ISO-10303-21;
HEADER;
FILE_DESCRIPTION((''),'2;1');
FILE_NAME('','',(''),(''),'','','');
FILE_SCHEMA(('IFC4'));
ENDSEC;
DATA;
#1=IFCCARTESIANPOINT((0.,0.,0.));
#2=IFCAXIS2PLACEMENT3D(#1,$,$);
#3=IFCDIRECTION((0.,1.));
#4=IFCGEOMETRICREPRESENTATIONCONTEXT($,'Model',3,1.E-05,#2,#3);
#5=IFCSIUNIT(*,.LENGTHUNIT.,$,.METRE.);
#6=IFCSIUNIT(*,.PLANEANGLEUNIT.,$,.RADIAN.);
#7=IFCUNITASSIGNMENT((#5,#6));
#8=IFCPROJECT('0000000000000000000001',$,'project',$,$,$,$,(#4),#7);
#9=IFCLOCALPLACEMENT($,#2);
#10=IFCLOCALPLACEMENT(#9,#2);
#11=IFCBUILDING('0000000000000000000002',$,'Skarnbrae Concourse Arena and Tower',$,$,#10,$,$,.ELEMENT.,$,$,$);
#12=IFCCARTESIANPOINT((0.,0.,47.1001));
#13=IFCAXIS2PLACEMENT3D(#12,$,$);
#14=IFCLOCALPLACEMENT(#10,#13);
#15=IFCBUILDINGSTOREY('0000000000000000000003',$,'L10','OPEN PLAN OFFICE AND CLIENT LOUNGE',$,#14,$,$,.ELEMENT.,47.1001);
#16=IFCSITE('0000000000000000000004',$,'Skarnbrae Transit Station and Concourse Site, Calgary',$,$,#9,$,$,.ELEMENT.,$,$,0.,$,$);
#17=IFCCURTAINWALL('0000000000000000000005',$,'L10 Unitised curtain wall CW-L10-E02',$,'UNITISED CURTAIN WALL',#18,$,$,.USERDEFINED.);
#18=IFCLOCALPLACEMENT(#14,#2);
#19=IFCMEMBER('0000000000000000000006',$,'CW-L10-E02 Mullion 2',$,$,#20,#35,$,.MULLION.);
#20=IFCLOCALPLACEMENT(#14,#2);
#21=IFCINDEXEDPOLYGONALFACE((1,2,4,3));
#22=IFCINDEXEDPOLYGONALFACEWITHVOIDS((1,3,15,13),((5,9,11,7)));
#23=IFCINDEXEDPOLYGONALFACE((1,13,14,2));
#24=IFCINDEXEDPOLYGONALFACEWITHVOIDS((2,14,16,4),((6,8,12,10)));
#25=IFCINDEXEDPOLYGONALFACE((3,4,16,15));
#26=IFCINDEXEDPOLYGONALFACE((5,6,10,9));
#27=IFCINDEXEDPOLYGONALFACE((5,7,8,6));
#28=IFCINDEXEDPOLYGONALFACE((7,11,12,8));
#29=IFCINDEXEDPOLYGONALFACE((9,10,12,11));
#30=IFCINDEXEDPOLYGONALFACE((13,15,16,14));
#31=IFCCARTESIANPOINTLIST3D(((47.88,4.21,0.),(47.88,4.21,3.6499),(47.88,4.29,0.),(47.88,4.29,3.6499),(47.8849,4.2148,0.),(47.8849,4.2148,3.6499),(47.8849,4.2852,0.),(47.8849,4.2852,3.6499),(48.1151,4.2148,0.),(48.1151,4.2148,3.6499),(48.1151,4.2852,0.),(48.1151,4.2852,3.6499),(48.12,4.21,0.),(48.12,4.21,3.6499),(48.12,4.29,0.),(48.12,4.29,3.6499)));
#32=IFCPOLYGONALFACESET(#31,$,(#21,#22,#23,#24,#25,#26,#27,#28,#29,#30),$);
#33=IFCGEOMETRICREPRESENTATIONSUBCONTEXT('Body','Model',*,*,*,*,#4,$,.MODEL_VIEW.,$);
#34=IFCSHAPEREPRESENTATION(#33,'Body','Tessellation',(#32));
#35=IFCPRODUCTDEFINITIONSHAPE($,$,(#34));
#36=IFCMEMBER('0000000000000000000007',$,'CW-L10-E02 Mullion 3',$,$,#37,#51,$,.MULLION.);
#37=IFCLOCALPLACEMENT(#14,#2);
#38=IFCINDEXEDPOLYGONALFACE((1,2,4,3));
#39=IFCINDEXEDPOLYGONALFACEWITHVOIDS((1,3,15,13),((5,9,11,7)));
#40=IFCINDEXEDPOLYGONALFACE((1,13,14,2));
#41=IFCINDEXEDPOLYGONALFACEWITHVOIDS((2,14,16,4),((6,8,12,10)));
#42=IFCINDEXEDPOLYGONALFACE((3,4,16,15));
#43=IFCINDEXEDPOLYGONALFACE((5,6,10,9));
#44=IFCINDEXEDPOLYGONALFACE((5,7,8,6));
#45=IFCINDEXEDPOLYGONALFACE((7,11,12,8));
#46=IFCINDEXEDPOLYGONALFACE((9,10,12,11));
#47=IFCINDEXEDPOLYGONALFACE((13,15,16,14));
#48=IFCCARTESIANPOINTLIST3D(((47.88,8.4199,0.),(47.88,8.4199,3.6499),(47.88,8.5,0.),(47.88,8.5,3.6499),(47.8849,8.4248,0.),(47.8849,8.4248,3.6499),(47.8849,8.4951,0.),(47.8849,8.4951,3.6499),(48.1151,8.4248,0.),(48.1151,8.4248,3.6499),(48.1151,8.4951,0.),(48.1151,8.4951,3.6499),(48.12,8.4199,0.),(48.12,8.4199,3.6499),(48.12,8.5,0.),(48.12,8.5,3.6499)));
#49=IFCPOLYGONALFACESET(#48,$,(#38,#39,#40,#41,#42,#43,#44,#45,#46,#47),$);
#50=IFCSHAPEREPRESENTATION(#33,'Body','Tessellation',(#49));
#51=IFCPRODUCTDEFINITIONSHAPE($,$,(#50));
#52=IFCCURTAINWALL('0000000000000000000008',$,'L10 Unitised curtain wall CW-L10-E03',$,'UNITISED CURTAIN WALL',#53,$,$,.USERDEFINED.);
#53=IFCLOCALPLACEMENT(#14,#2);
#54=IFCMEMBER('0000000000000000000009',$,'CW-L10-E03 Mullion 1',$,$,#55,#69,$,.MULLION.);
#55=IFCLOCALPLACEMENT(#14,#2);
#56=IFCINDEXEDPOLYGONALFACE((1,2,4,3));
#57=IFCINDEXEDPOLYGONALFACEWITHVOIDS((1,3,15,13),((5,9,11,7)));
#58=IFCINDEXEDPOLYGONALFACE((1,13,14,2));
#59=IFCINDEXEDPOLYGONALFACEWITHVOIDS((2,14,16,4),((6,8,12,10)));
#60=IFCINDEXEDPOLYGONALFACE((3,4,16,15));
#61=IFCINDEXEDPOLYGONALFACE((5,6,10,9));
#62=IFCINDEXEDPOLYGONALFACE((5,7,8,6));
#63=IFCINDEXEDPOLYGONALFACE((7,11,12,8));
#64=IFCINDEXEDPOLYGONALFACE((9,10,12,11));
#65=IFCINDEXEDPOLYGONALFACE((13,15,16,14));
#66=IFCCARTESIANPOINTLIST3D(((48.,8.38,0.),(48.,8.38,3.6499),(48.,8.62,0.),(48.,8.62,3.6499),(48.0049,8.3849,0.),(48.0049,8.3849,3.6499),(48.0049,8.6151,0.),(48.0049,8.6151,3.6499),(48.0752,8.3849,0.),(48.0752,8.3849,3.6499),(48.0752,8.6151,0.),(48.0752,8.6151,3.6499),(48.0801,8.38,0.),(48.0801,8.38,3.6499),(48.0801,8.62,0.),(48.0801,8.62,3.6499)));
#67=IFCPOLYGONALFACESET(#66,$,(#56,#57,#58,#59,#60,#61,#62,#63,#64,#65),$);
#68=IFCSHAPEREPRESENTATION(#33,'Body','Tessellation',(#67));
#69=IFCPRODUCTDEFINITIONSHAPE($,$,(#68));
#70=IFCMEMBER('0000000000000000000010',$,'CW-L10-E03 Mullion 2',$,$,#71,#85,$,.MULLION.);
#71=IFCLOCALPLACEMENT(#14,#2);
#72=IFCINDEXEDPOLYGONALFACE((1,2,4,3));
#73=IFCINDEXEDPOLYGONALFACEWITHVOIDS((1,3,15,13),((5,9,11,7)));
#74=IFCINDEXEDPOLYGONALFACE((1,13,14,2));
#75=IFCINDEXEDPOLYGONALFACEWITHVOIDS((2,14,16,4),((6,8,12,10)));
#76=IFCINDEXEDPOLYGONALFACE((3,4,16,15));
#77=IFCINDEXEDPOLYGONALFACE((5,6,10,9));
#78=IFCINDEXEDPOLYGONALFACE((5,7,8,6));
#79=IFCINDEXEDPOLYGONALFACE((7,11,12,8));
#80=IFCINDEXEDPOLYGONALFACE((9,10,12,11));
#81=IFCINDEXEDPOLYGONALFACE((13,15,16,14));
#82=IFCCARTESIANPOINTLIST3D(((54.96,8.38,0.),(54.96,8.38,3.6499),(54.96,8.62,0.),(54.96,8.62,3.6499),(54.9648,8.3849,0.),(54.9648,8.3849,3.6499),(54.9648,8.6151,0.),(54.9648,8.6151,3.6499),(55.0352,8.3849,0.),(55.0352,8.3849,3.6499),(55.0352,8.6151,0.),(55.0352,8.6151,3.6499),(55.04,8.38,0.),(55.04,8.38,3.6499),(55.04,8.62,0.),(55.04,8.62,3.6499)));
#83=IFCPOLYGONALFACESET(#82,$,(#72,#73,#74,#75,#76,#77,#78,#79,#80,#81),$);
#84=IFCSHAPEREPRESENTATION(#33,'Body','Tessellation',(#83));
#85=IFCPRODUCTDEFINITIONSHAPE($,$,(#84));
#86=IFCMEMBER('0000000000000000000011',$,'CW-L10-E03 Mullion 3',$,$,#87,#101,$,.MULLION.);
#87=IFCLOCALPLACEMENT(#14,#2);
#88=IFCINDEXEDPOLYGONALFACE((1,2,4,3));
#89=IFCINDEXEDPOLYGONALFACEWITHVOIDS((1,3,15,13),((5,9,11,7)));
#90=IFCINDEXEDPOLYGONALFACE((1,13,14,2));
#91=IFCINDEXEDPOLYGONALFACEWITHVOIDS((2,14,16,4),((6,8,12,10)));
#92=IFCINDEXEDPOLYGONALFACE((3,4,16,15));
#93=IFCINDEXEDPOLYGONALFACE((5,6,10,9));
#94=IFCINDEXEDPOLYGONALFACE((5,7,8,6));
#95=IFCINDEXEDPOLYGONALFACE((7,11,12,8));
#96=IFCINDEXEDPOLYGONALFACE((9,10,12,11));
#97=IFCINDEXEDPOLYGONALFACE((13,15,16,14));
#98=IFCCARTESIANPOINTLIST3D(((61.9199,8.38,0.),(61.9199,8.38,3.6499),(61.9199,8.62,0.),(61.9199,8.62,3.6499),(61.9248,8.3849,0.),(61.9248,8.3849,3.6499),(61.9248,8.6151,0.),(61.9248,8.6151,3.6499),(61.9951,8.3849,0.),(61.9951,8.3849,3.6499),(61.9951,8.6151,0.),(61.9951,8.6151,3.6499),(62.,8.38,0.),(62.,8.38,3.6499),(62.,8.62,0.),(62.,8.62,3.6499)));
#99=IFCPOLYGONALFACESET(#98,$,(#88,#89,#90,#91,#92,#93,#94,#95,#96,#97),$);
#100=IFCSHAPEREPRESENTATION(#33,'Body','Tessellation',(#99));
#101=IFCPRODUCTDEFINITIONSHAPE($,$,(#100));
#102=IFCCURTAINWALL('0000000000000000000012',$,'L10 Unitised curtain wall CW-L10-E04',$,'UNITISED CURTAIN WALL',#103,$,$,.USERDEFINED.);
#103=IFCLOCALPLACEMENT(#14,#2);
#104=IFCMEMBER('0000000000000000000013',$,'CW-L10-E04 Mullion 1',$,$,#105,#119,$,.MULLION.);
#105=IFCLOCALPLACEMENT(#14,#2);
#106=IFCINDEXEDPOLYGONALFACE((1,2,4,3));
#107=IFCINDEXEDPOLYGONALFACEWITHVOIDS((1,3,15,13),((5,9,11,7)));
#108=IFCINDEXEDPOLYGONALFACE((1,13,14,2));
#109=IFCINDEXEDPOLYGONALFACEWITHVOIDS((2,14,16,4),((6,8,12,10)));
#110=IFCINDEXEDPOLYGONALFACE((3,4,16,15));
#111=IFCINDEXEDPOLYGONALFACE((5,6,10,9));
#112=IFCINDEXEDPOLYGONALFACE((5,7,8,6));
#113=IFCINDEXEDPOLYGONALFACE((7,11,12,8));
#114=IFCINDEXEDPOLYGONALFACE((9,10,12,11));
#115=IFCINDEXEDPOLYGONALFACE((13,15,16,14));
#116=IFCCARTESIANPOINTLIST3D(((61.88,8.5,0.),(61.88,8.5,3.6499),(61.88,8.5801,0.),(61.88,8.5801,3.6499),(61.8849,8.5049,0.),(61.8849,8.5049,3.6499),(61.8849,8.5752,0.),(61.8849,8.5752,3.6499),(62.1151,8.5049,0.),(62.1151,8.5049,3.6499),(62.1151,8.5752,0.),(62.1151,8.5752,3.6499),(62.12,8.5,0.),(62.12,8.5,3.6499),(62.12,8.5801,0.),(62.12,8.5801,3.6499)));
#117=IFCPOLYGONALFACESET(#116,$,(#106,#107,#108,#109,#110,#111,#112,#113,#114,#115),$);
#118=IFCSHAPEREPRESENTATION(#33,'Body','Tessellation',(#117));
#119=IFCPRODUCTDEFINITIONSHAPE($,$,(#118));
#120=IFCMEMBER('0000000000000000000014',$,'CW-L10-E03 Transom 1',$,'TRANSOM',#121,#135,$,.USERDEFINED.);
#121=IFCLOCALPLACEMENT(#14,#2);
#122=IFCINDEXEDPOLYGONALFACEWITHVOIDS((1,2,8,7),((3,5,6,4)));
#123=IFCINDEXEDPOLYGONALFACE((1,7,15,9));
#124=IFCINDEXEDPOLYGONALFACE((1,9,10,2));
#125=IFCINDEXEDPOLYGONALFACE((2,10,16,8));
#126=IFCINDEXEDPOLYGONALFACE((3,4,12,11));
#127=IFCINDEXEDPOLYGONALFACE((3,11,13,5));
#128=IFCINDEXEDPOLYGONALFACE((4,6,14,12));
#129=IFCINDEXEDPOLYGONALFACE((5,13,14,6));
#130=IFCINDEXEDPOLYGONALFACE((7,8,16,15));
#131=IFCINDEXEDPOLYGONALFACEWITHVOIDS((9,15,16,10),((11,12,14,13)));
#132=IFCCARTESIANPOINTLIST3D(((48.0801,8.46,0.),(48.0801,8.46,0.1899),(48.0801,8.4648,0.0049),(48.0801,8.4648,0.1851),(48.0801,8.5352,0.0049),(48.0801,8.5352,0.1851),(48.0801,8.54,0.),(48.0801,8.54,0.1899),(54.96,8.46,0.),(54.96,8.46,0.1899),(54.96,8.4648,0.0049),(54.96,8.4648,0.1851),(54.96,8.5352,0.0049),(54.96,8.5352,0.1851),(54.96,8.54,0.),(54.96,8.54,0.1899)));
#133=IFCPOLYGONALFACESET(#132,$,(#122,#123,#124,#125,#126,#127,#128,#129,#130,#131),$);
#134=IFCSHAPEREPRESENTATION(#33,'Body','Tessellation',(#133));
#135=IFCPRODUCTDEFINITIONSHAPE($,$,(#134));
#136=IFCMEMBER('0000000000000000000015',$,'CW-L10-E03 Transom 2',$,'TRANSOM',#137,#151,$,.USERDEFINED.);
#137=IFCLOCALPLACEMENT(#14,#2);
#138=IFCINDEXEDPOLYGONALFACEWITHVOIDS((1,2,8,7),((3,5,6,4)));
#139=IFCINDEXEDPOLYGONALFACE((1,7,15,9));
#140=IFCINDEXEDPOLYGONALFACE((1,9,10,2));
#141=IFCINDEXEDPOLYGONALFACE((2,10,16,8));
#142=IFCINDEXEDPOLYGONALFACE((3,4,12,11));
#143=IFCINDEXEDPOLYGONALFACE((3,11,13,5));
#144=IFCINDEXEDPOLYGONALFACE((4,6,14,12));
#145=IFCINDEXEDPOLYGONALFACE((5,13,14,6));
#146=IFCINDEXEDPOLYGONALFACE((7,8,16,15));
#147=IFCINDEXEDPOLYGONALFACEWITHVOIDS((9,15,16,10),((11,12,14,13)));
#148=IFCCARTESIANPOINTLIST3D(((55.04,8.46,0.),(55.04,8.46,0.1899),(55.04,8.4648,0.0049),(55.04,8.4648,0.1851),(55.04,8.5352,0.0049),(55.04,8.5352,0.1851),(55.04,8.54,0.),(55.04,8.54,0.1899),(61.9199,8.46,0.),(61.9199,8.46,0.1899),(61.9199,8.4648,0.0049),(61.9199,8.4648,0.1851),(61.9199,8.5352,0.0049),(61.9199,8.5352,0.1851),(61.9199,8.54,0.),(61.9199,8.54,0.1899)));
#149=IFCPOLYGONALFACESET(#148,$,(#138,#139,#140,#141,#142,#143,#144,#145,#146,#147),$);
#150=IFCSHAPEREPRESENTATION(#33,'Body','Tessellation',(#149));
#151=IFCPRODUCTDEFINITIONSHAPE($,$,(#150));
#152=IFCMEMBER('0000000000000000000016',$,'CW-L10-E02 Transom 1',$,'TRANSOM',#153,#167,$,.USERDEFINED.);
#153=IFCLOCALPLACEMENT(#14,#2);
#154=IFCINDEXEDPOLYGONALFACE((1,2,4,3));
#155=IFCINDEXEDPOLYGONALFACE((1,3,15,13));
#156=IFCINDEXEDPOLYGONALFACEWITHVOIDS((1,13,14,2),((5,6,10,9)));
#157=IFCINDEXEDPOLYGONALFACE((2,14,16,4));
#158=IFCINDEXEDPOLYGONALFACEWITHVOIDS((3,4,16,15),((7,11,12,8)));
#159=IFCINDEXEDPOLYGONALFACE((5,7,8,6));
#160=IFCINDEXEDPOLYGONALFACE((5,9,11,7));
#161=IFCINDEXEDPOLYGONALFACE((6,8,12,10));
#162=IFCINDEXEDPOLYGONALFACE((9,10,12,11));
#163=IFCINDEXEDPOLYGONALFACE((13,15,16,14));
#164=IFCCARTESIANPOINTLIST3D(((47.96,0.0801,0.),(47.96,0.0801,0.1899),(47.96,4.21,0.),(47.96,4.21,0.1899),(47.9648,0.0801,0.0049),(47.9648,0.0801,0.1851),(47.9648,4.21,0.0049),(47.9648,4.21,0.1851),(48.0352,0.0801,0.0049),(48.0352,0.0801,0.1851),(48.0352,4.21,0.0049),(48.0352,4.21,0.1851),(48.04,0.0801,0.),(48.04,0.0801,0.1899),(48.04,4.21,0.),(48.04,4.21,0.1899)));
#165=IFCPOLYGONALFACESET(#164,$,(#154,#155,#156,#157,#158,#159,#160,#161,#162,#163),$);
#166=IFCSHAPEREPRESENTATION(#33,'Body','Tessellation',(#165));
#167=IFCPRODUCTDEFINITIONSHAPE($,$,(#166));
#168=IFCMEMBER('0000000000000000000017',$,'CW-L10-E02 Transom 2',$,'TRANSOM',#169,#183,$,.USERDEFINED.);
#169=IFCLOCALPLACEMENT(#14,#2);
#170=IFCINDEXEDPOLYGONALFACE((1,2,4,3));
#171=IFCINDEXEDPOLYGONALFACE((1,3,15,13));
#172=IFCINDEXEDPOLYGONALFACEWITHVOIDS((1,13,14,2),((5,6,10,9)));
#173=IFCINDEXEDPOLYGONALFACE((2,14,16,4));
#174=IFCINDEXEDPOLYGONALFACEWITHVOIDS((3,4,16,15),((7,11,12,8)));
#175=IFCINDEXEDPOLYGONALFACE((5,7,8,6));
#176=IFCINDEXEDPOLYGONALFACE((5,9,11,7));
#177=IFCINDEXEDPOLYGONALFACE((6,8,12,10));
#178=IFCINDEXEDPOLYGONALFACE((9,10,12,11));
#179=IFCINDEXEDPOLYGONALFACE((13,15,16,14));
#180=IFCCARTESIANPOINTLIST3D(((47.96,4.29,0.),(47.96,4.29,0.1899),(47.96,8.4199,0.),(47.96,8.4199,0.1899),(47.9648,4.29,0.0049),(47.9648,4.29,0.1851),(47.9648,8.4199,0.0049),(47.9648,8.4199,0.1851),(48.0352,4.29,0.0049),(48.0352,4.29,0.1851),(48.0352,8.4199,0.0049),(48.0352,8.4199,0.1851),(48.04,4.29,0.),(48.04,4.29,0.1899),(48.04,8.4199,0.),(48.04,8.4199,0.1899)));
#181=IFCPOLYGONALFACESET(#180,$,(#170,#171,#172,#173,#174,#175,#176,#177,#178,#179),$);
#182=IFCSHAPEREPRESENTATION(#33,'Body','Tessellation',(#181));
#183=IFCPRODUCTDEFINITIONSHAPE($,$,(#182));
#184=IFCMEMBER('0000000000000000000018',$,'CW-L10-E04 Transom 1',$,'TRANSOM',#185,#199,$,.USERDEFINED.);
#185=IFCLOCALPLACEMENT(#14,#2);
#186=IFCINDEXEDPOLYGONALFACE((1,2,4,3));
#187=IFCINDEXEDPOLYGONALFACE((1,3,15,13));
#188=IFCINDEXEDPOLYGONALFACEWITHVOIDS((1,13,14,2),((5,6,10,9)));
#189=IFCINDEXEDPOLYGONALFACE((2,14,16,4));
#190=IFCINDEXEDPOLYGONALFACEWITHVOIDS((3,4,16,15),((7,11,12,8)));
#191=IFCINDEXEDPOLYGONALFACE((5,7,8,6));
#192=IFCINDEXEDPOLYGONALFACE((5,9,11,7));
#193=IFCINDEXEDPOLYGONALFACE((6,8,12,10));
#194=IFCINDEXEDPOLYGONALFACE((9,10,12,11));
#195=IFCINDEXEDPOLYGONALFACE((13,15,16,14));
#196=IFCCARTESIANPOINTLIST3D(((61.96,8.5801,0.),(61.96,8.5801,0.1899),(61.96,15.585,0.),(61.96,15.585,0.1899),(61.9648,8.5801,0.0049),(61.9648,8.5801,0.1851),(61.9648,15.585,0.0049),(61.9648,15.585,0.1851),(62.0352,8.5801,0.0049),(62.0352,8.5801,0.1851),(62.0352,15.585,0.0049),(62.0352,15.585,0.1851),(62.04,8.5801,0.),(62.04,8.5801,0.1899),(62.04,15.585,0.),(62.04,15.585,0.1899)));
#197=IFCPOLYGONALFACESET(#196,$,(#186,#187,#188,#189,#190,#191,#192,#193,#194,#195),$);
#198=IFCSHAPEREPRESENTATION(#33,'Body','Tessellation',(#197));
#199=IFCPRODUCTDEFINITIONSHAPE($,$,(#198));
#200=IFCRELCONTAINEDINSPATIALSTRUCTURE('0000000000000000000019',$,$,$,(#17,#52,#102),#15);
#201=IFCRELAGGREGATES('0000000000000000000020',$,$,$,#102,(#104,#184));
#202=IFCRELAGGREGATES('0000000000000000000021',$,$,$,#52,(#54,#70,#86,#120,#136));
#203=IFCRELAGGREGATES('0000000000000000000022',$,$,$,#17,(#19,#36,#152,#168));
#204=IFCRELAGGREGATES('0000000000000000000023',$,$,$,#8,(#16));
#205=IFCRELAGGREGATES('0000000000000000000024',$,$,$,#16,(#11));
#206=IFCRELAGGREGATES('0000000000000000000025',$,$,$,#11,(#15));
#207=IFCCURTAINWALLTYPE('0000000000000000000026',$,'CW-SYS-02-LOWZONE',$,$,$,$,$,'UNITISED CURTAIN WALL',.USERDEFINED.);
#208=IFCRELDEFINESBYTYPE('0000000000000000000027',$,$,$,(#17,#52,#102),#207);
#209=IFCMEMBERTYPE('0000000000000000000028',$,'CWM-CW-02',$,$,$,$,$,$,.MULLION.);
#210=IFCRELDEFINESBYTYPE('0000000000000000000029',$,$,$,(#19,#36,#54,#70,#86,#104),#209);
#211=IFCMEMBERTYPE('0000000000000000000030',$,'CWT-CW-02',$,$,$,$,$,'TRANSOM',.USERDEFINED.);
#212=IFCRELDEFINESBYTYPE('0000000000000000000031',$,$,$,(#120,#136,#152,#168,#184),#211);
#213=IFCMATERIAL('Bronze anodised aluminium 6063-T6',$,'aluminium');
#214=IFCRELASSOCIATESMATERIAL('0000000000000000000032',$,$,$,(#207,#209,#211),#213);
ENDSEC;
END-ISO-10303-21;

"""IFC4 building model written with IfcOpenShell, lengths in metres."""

from ifc_helpers import new_model, si_unit, direction, frame, origin, origin_2d, place, context, subcontext, project, spatial, hollow_rectangle, extrude, source, transform, mapped, material, material_profile, profile_set, type_object, element, aggregate, save


model = new_model("IFC4")

# Units and contexts
model_context = context("Model", 3, precision=1e-05, world=origin(), true_north=direction((0.0, 1.0)))
body_context = subcontext(model_context, "Body", "Model", "MODEL_VIEW")
ifc_project = project(units=[si_unit("LENGTHUNIT", "METRE"), si_unit("PLANEANGLEUNIT", "RADIAN")], contexts=[model_context])

# Site, building, storey
site_placement = place(None, origin())
site = spatial("IfcSite", under=ifc_project, at=site_placement, Name="Skarnbrae Transit Station and Concourse Site, Calgary", CompositionType="ELEMENT", RefElevation=0.0)
building_placement = place(site_placement, origin())
building = spatial("IfcBuilding", under=site, at=building_placement, Name="Skarnbrae Concourse Arena and Tower", CompositionType="ELEMENT")
storey_placement = place(building_placement, frame((0.0, 0.0, 47.1001)))
storey = spatial("IfcBuildingStorey", under=building, at=storey_placement, Name="L10", Description="OPEN PLAN OFFICE AND CLIENT LOUNGE", CompositionType="ELEMENT", Elevation=47.1001)

# Shared definitions
ifc_material_1 = material(Name="Bronze anodised aluminium 6063-T6", Category="aluminium")
curtain_wall_type = type_object("IfcCurtainWallType", Name="CW-SYS-02-LOWZONE", ElementType="UNITISED CURTAIN WALL", PredefinedType="USERDEFINED", material=ifc_material_1)
ifc_material_profile_1 = material_profile(ifc_material_1, hollow_rectangle(XDim=0.0801, YDim=0.24, WallThickness=0.0049, at=origin_2d()), Name="ALU-MULL-80X240")
ifc_profile_set_1 = profile_set([ifc_material_profile_1], Name="Bronze anodised aluminium 6063-T6")
member_type_1 = type_object("IfcMemberType", Name="CWM-CW-02", PredefinedType="MULLION", material=ifc_profile_set_1)
shared_shape_1 = source(origin(), body_context, "Body", "SweptSolid", [
    extrude(hollow_rectangle(XDim=0.0801, YDim=0.24, WallThickness=0.0049, at=origin_2d()), origin(), (0.0, 0.0, 1.0), 3.6499),
])

# Curtain walls, members
curtain_wall_1_placement = place(storey_placement, origin())
curtain_wall_1 = element("IfcCurtainWall", 1, at=curtain_wall_1_placement, inside=storey, type_object=curtain_wall_type, Name="L10 Unitised curtain wall CW-L10-E02", ObjectType="UNITISED CURTAIN WALL", PredefinedType="USERDEFINED")
member_1_placement = place(storey_placement, frame((48.0, 4.25, 0.0), z_axis=(0.0, 0.0, 1.0), x_axis=(0.0, 1.0, 0.0)))
member_1 = element("IfcMember", 2, at=member_1_placement, type_object=member_type_1, Name="CW-L10-E02 Mullion 2", PredefinedType="MULLION", context=body_context, shape_type="MappedRepresentation", body=[
    mapped(shared_shape_1, transform((0.0, 0.0, 0.0))),
])
member_2_placement = place(storey_placement, frame((48.0, 8.46, 0.0), z_axis=(0.0, 0.0, 1.0), x_axis=(0.0, 1.0, 0.0)))
member_2 = element("IfcMember", 3, at=member_2_placement, type_object=member_type_1, Name="CW-L10-E02 Mullion 3", PredefinedType="MULLION", context=body_context, shape_type="MappedRepresentation", body=[
    mapped(shared_shape_1, transform((0.0, 0.0, 0.0))),
])
curtain_wall_2_placement = place(storey_placement, origin())
curtain_wall_2 = element("IfcCurtainWall", 4, at=curtain_wall_2_placement, inside=storey, type_object=curtain_wall_type, Name="L10 Unitised curtain wall CW-L10-E03", ObjectType="UNITISED CURTAIN WALL", PredefinedType="USERDEFINED")
member_3_placement = place(storey_placement, frame((48.04, 8.5, 0.0), z_axis=(0.0, 0.0, 1.0), x_axis=(1.0, 0.0, 0.0)))
member_3 = element("IfcMember", 5, at=member_3_placement, type_object=member_type_1, Name="CW-L10-E03 Mullion 1", PredefinedType="MULLION", context=body_context, shape_type="MappedRepresentation", body=[
    mapped(shared_shape_1, transform((0.0, 0.0, 0.0))),
])
member_4_placement = place(storey_placement, frame((55.0, 8.5, 0.0), z_axis=(0.0, 0.0, 1.0), x_axis=(1.0, 0.0, 0.0)))
member_4 = element("IfcMember", 6, at=member_4_placement, type_object=member_type_1, Name="CW-L10-E03 Mullion 2", PredefinedType="MULLION", context=body_context, shape_type="MappedRepresentation", body=[
    mapped(shared_shape_1, transform((0.0, 0.0, 0.0))),
])
member_5_placement = place(storey_placement, frame((61.96, 8.5, 0.0), z_axis=(0.0, 0.0, 1.0), x_axis=(1.0, 0.0, 0.0)))
member_5 = element("IfcMember", 7, at=member_5_placement, type_object=member_type_1, Name="CW-L10-E03 Mullion 3", PredefinedType="MULLION", context=body_context, shape_type="MappedRepresentation", body=[
    mapped(shared_shape_1, transform((0.0, 0.0, 0.0))),
])

# Curtain wall, member
curtain_wall_3_placement = place(storey_placement, origin())
curtain_wall_3 = element("IfcCurtainWall", 8, at=curtain_wall_3_placement, inside=storey, type_object=curtain_wall_type, Name="L10 Unitised curtain wall CW-L10-E04", ObjectType="UNITISED CURTAIN WALL", PredefinedType="USERDEFINED")
member_6_placement = place(storey_placement, frame((62.0, 8.54, 0.0), z_axis=(0.0, 0.0, 1.0), x_axis=(0.0, 1.0, 0.0)))
member_6 = element("IfcMember", 9, at=member_6_placement, type_object=member_type_1, Name="CW-L10-E04 Mullion 1", PredefinedType="MULLION", context=body_context, shape_type="MappedRepresentation", body=[
    mapped(shared_shape_1, transform((0.0, 0.0, 0.0))),
])

# Members
ifc_material_profile_2 = material_profile(ifc_material_1, hollow_rectangle(XDim=0.0801, YDim=0.1899, WallThickness=0.0049, at=origin_2d()), Name="ALU-TRAN-80X190")
ifc_profile_set_2 = profile_set([ifc_material_profile_2], Name="Bronze anodised aluminium 6063-T6")
member_type_2 = type_object("IfcMemberType", Name="CWT-CW-02", ElementType="TRANSOM", PredefinedType="USERDEFINED", material=ifc_profile_set_2)
shared_shape_2 = source(origin(), body_context, "Body", "SweptSolid", [
    extrude(hollow_rectangle(XDim=0.0801, YDim=0.1899, WallThickness=0.0049, at=origin_2d()), origin(), (0.0, 0.0, 1.0), 6.8799),
])
member_7_placement = place(storey_placement, frame((48.0801, 8.5, 0.095), z_axis=(1.0, 0.0, 0.0), x_axis=(0.0, 1.0, 0.0)))
member_7 = element("IfcMember", 10, at=member_7_placement, type_object=member_type_2, Name="CW-L10-E03 Transom 1", ObjectType="TRANSOM", PredefinedType="USERDEFINED", context=body_context, shape_type="MappedRepresentation", body=[
    mapped(shared_shape_2, transform((0.0, 0.0, 0.0))),
])
member_8_placement = place(storey_placement, frame((55.04, 8.5, 0.095), z_axis=(1.0, 0.0, 0.0), x_axis=(0.0, 1.0, 0.0)))
member_8 = element("IfcMember", 11, at=member_8_placement, type_object=member_type_2, Name="CW-L10-E03 Transom 2", ObjectType="TRANSOM", PredefinedType="USERDEFINED", context=body_context, shape_type="MappedRepresentation", body=[
    mapped(shared_shape_2, transform((0.0, 0.0, 0.0))),
])
shared_shape_3 = source(origin(), body_context, "Body", "SweptSolid", [
    extrude(hollow_rectangle(XDim=0.0801, YDim=0.1899, WallThickness=0.0049, at=origin_2d()), origin(), (0.0, 0.0, 1.0), 4.1299),
])
member_9_placement = place(storey_placement, frame((48.0, 0.0801, 0.095), z_axis=(0.0, 1.0, 0.0), x_axis=(-1.0, 0.0, 0.0)))
member_9 = element("IfcMember", 12, at=member_9_placement, type_object=member_type_2, Name="CW-L10-E02 Transom 1", ObjectType="TRANSOM", PredefinedType="USERDEFINED", context=body_context, shape_type="MappedRepresentation", body=[
    mapped(shared_shape_3, transform((0.0, 0.0, 0.0))),
])
member_10_placement = place(storey_placement, frame((48.0, 4.29, 0.095), z_axis=(0.0, 1.0, 0.0), x_axis=(-1.0, 0.0, 0.0)))
member_10 = element("IfcMember", 13, at=member_10_placement, type_object=member_type_2, Name="CW-L10-E02 Transom 2", ObjectType="TRANSOM", PredefinedType="USERDEFINED", context=body_context, shape_type="MappedRepresentation", body=[
    mapped(shared_shape_3, transform((0.0, 0.0, 0.0))),
])
shared_shape_4 = source(origin(), body_context, "Body", "SweptSolid", [
    extrude(hollow_rectangle(XDim=0.0801, YDim=0.1899, WallThickness=0.0049, at=origin_2d()), origin(), (0.0, 0.0, 1.0), 7.0049),
])
member_11_placement = place(storey_placement, frame((62.0, 8.5801, 0.095), z_axis=(0.0, 1.0, 0.0), x_axis=(-1.0, 0.0, 0.0)))
member_11 = element("IfcMember", 14, at=member_11_placement, type_object=member_type_2, Name="CW-L10-E04 Transom 1", ObjectType="TRANSOM", PredefinedType="USERDEFINED", context=body_context, shape_type="MappedRepresentation", body=[
    mapped(shared_shape_4, transform((0.0, 0.0, 0.0))),
])
aggregate(curtain_wall_3, [member_6, member_11])

aggregate(curtain_wall_2, [member_3, member_4, member_5, member_7, member_8])
aggregate(curtain_wall_1, [member_1, member_2, member_9, member_10])

save(model, "model.ifc")
